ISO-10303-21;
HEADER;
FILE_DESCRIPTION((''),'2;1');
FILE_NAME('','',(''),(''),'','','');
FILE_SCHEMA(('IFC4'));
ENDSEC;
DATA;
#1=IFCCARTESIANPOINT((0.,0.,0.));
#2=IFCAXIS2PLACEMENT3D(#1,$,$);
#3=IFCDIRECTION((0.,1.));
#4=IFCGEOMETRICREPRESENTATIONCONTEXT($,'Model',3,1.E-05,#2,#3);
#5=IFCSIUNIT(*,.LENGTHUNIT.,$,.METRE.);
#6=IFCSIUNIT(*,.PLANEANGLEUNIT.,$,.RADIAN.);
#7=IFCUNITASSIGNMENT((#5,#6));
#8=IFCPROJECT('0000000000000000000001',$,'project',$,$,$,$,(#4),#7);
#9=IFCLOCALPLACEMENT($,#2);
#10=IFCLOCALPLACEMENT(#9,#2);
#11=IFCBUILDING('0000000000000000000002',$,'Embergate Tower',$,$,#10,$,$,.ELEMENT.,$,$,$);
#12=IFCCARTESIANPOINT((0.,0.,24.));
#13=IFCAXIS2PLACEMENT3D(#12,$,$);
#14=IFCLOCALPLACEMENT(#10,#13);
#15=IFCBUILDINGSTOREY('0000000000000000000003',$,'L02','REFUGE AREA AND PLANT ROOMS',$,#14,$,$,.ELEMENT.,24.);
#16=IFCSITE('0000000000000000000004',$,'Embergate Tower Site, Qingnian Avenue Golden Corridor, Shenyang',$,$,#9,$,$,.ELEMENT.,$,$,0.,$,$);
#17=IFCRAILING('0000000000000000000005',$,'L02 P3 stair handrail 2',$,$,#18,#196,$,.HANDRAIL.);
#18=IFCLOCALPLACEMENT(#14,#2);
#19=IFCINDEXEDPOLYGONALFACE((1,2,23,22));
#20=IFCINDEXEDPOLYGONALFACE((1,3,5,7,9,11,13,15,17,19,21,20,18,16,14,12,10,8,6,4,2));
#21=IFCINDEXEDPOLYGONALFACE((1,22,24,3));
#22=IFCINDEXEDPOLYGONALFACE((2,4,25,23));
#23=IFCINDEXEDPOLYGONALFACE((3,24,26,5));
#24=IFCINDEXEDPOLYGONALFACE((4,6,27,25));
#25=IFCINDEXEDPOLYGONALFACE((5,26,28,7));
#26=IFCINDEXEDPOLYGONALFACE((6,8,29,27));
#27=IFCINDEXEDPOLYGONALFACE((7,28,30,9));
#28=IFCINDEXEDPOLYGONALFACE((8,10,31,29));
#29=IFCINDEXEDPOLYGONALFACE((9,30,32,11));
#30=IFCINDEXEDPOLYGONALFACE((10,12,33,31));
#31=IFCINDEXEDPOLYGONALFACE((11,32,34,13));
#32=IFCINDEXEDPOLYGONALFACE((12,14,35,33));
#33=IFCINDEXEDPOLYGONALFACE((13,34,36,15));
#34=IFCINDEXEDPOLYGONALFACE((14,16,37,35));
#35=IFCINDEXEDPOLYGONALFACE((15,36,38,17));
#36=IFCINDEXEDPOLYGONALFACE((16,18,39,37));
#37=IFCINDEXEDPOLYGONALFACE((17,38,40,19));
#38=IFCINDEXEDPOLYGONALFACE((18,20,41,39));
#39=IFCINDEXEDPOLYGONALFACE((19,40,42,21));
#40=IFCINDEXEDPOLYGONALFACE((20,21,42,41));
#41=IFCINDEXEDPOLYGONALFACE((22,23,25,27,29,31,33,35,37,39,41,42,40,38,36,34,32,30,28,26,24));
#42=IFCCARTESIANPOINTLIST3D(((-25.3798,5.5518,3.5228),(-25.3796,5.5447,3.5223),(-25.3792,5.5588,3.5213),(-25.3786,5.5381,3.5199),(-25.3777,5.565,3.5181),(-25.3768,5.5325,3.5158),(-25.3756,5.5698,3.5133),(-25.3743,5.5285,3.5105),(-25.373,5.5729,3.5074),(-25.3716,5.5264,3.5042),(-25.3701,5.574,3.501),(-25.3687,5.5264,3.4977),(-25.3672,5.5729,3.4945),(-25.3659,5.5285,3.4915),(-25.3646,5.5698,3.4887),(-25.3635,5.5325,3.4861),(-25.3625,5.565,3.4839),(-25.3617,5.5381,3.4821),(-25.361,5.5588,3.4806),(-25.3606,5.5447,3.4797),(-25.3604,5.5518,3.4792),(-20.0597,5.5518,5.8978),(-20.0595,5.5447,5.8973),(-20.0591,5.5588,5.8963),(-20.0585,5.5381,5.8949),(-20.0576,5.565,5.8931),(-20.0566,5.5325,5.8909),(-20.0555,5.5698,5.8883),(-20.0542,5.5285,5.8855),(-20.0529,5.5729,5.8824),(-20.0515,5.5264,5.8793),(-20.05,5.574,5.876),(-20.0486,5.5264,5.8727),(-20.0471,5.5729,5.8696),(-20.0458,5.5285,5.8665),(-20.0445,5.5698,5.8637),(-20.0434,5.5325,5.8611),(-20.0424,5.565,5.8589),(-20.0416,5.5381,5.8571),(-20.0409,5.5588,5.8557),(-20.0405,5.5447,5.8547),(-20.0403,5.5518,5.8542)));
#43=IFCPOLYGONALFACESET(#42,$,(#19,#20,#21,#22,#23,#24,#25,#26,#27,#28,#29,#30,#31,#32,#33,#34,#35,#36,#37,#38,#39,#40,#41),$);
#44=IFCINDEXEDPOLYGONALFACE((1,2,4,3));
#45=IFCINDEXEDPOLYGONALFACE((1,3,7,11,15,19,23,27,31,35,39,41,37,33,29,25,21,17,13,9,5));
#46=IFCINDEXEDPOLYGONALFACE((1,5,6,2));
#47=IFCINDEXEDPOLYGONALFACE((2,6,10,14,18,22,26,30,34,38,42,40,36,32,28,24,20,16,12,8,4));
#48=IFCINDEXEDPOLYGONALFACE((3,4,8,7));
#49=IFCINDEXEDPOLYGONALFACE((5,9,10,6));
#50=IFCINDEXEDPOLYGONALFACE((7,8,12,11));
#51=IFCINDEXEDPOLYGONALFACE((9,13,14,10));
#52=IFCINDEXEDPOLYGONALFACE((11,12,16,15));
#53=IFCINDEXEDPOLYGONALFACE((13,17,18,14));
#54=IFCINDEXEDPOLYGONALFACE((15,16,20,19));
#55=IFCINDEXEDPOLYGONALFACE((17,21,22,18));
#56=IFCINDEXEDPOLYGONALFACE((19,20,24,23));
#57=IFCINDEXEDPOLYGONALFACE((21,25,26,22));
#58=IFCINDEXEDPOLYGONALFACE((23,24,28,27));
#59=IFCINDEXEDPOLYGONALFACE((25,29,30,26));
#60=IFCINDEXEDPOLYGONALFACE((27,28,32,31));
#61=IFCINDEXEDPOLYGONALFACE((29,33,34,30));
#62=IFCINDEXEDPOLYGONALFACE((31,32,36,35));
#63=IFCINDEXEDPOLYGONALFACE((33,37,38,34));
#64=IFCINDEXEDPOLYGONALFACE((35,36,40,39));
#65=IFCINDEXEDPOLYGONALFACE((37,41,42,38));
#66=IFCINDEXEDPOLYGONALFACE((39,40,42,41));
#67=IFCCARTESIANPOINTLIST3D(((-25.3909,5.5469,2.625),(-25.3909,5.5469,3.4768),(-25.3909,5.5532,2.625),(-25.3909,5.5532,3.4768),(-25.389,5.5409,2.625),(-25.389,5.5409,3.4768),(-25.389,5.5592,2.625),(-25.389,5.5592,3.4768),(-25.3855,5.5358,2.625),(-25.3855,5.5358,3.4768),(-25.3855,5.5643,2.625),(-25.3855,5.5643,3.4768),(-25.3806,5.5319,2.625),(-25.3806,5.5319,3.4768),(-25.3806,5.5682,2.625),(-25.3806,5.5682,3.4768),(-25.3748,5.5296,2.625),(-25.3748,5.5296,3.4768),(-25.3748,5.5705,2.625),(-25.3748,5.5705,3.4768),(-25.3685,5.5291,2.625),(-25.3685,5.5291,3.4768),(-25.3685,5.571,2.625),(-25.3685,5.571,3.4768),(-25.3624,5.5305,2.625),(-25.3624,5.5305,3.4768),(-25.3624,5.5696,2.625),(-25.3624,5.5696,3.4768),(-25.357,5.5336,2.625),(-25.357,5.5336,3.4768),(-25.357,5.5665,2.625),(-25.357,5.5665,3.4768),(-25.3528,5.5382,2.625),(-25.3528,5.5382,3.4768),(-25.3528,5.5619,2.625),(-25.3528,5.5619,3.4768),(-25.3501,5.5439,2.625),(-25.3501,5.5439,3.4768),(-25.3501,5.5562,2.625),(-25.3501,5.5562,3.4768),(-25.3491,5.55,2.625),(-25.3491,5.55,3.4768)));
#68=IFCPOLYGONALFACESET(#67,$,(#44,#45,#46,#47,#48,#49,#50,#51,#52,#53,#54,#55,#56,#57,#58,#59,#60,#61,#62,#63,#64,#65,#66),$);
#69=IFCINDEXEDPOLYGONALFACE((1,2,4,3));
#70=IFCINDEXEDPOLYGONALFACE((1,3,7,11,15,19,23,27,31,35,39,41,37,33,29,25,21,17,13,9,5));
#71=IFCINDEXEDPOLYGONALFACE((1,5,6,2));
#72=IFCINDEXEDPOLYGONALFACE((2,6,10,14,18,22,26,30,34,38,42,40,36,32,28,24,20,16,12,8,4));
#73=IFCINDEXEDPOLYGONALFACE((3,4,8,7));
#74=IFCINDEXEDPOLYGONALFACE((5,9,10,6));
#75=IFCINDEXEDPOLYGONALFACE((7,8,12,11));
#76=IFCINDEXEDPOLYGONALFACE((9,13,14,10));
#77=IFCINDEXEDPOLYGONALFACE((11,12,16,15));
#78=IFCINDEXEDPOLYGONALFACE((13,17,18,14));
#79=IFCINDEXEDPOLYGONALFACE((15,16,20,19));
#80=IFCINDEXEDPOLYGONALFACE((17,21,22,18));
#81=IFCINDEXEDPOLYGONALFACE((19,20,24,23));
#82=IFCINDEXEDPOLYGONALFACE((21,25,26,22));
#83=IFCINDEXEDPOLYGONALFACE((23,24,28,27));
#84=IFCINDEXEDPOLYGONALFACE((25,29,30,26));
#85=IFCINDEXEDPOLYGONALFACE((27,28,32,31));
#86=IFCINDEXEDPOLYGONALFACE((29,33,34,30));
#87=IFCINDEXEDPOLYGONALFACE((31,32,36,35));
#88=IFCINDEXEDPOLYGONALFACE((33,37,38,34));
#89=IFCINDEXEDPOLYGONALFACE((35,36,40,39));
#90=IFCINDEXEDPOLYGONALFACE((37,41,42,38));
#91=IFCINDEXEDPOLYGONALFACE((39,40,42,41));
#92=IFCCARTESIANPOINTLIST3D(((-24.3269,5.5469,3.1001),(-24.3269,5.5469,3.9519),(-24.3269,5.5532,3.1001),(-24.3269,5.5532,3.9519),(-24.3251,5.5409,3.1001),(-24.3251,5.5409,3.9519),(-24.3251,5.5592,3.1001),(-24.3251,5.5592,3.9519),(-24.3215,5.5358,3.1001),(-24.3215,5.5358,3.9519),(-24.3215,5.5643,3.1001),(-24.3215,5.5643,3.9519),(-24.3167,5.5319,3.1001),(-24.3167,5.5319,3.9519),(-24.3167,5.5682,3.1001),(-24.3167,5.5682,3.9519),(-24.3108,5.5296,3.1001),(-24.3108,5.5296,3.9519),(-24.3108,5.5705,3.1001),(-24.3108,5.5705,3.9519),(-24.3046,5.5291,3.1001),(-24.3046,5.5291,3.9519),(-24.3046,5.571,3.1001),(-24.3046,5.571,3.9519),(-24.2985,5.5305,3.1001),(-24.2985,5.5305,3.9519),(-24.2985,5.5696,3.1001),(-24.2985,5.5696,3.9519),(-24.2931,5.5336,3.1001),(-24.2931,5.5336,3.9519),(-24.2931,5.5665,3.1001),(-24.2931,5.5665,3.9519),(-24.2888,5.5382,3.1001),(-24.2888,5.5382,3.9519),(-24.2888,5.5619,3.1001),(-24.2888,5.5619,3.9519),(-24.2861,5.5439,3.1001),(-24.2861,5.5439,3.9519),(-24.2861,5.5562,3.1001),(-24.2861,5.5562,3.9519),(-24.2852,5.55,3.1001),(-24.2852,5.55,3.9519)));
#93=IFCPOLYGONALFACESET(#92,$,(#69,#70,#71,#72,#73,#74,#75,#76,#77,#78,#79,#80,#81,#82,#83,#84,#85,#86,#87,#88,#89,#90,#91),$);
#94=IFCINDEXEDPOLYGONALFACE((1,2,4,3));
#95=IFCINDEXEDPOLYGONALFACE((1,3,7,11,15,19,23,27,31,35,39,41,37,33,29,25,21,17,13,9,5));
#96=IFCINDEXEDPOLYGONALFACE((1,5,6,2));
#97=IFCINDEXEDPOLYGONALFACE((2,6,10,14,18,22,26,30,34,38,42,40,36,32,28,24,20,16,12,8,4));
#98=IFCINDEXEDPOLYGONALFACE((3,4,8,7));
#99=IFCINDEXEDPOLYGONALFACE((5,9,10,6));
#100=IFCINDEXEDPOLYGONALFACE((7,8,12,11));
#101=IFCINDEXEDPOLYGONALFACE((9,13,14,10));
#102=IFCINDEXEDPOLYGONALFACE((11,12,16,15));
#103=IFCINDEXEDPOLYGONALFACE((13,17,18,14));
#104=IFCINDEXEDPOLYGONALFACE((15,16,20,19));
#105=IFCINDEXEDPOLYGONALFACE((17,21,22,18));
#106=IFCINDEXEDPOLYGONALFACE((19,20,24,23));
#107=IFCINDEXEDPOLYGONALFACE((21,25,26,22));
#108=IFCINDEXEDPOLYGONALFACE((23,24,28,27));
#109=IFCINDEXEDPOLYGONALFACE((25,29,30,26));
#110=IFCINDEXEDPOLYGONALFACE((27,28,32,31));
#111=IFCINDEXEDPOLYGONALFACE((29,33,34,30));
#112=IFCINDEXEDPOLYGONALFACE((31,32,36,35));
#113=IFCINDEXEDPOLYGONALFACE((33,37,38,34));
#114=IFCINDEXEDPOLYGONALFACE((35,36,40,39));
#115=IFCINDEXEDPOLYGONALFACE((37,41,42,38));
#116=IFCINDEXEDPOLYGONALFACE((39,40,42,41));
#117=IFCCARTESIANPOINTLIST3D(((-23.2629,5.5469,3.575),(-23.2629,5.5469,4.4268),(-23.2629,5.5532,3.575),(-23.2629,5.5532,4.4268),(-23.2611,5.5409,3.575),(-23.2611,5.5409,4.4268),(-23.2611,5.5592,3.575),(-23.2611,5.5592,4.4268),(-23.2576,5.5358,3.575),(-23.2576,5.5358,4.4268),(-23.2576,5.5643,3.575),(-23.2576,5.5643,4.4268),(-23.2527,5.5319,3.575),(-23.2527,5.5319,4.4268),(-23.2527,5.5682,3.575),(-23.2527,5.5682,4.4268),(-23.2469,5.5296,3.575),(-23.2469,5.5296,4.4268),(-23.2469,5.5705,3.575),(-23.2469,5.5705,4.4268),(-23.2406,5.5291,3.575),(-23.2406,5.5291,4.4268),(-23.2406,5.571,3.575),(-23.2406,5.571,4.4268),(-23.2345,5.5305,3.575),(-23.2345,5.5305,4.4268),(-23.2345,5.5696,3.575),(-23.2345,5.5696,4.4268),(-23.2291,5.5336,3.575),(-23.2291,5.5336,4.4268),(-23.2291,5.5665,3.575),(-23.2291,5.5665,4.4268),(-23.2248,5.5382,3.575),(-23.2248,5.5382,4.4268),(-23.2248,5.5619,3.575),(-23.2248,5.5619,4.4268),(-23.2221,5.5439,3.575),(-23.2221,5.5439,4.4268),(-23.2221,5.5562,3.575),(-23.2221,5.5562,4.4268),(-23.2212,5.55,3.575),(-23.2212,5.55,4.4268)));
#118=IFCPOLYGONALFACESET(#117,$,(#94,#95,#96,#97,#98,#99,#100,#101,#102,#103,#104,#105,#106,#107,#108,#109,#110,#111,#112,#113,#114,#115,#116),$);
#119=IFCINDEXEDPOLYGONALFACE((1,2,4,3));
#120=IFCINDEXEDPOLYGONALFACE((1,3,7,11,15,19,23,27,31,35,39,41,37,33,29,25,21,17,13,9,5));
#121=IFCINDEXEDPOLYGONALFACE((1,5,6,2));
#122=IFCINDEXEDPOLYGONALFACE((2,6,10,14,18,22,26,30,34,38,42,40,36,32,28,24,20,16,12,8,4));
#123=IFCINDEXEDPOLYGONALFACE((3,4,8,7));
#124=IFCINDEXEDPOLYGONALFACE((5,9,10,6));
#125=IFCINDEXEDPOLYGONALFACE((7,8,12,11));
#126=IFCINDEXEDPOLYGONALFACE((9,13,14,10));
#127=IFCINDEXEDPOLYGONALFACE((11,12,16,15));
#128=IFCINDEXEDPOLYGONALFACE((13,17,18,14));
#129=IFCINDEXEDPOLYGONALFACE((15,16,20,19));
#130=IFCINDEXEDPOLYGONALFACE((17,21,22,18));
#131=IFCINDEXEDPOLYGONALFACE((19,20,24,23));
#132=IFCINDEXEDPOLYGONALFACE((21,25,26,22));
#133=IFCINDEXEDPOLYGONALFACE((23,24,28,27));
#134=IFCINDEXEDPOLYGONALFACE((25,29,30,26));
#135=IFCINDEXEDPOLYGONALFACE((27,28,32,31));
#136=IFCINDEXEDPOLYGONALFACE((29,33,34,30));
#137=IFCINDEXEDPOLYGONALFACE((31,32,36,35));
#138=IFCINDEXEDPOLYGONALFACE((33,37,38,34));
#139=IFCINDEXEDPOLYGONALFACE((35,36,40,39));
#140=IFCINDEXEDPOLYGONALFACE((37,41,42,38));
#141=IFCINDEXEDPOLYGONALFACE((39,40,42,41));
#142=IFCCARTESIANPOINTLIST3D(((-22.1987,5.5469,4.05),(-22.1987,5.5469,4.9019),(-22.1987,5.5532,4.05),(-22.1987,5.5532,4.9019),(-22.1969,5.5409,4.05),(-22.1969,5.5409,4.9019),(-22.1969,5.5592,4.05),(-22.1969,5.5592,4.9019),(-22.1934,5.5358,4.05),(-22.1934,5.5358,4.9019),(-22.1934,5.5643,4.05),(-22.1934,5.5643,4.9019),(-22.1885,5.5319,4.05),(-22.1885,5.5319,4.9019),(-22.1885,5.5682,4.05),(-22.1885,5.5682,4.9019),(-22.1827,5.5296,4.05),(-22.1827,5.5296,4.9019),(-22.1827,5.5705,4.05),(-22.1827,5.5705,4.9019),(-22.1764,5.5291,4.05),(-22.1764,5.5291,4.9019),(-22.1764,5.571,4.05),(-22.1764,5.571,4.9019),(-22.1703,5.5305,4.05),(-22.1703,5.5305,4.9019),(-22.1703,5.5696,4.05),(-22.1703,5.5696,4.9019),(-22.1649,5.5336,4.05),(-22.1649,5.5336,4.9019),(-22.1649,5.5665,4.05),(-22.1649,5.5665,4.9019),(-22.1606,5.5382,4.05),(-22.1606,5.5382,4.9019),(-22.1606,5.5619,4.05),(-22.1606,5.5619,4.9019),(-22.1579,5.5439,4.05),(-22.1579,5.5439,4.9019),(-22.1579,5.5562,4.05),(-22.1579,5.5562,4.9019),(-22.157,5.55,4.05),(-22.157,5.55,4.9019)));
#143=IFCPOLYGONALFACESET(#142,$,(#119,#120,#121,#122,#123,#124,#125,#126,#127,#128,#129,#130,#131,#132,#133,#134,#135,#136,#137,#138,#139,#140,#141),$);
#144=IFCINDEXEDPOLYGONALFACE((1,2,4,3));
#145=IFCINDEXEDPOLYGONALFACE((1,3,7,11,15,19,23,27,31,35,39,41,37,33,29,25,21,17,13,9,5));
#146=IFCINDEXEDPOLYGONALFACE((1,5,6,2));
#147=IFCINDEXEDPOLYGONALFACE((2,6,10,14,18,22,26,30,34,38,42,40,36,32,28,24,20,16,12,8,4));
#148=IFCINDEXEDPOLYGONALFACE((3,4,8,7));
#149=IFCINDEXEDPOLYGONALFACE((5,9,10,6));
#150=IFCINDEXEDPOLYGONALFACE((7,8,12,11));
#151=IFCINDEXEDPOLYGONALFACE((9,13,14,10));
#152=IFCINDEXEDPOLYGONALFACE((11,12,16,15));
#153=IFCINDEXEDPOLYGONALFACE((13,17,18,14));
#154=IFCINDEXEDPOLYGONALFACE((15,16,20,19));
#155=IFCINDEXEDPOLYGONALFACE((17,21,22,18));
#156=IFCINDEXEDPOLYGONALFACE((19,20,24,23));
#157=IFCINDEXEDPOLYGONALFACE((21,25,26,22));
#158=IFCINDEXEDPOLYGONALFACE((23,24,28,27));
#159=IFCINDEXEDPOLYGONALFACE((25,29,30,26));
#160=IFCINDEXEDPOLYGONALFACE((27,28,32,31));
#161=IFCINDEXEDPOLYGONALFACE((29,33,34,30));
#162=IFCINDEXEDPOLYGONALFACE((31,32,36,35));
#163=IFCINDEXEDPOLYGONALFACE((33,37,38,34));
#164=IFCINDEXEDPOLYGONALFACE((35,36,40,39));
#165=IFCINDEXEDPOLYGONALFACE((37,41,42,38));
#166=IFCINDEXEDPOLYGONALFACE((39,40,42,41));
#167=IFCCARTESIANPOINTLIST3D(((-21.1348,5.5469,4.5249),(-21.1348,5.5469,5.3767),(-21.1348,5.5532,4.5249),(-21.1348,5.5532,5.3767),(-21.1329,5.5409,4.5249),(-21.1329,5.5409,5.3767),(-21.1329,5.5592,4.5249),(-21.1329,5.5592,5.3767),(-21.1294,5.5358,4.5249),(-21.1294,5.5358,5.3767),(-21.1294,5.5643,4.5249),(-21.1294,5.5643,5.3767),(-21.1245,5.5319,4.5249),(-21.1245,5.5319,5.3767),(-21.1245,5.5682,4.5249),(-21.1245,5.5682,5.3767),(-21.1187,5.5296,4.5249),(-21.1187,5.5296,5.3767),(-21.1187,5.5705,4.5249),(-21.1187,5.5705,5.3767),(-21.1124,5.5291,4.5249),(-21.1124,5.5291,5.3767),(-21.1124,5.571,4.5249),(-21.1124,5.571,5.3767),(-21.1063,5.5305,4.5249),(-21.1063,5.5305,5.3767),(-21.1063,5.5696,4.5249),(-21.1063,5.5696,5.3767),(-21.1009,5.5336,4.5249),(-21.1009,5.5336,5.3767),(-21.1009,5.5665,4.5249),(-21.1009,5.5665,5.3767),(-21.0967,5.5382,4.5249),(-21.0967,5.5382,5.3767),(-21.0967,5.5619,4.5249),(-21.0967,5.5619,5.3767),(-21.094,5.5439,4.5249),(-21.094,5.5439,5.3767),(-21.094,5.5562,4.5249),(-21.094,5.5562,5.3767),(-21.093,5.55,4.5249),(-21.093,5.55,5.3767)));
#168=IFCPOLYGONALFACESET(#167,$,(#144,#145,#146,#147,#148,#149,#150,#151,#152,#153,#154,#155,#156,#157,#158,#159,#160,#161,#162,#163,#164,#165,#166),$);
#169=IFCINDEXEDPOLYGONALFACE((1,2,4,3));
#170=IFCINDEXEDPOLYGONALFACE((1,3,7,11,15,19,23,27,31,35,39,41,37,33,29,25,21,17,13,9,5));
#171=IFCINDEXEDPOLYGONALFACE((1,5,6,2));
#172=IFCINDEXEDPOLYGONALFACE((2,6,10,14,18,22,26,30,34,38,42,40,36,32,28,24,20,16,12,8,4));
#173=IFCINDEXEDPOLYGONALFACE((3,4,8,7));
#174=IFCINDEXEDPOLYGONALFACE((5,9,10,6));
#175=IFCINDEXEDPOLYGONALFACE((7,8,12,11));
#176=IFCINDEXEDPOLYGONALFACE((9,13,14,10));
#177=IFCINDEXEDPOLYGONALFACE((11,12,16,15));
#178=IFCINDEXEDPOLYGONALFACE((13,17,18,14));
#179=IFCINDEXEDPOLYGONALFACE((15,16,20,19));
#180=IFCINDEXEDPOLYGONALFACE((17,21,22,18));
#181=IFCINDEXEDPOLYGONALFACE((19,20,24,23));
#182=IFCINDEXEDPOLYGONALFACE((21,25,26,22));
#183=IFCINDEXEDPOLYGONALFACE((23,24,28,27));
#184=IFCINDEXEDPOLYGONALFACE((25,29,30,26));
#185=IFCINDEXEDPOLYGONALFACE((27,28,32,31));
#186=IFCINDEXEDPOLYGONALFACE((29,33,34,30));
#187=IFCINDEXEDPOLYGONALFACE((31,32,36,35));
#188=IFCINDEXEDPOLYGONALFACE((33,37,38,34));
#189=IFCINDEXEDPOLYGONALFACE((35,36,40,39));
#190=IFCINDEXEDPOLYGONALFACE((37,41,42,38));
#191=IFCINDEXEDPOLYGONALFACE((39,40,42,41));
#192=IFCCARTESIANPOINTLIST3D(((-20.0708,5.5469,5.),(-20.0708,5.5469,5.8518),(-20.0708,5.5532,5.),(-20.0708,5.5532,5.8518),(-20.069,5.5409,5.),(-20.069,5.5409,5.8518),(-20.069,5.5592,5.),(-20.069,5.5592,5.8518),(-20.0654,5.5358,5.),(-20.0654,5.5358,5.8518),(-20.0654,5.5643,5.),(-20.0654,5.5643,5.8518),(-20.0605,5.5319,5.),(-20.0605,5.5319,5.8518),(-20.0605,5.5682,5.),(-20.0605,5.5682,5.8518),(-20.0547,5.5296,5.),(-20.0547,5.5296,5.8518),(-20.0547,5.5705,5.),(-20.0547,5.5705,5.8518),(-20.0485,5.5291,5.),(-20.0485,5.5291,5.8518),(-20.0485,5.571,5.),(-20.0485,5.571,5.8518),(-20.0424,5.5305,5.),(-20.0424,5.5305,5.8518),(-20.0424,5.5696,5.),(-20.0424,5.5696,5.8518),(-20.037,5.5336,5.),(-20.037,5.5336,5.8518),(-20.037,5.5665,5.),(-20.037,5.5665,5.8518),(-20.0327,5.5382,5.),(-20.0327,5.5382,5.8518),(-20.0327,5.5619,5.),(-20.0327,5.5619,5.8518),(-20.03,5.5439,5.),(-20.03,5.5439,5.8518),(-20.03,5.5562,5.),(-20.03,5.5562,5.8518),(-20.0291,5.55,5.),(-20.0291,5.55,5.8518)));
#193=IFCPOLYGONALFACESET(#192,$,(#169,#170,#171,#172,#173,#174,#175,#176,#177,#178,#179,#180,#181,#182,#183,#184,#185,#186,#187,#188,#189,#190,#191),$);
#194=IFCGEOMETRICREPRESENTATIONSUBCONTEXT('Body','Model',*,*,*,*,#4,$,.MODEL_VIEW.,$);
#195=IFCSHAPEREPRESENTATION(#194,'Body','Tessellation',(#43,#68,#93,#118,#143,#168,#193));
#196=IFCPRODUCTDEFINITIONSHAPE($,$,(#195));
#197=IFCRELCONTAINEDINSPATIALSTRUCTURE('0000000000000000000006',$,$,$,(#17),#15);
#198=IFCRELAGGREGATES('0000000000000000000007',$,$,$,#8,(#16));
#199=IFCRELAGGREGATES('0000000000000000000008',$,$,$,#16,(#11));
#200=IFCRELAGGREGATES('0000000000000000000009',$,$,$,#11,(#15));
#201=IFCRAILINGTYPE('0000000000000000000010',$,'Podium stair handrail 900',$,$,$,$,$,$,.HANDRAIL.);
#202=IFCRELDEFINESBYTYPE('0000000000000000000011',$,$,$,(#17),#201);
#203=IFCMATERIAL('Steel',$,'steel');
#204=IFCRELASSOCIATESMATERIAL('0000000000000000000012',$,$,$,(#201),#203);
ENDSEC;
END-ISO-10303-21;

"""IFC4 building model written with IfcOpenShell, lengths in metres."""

from ifc_helpers import new_model, si_unit, direction, frame, origin, origin_2d, place, context, subcontext, project, spatial, circle, extrude, source, transform, mapped, material, type_object, element, save


model = new_model("IFC4")

# Units and contexts
model_context = context("Model", 3, precision=1e-05, world=origin(), true_north=direction((0.0, 1.0)))
body_context = subcontext(model_context, "Body", "Model", "MODEL_VIEW")
ifc_project = project(units=[si_unit("LENGTHUNIT", "METRE"), si_unit("PLANEANGLEUNIT", "RADIAN")], contexts=[model_context])

# Site, building, storey
site_placement = place(None, origin())
site = spatial("IfcSite", under=ifc_project, at=site_placement, Name="Embergate Tower Site, Qingnian Avenue Golden Corridor, Shenyang", CompositionType="ELEMENT", RefElevation=0.0)
building_placement = place(site_placement, origin())
building = spatial("IfcBuilding", under=site, at=building_placement, Name="Embergate Tower", CompositionType="ELEMENT")
storey_placement = place(building_placement, frame((0.0, 0.0, 24.0)))
storey = spatial("IfcBuildingStorey", under=building, at=storey_placement, Name="L02", Description="REFUGE AREA AND PLANT ROOMS", CompositionType="ELEMENT", Elevation=24.0)

# Railing
ifc_material_1 = material(Name="Steel", Category="steel")
railing_type_1 = type_object("IfcRailingType", Name="Podium stair handrail 900", PredefinedType="HANDRAIL", material=ifc_material_1)
shared_shape_1 = source(origin(), body_context, "Body", "SweptSolid", [
    extrude(circle(Radius=0.0239, at=origin_2d()), frame((0.0, 0.0, 0.876), z_axis=(0.91314, 0.0, 0.407646), x_axis=(0.0, 1.0, 0.0)), (0.0, 0.0, 1.0), 5.8262),
    extrude(circle(Radius=0.021, at=origin_2d()), origin(), (0.0, 0.0, 1.0), 0.8518),
    extrude(circle(Radius=0.021, at=origin_2d()), frame((1.064, 0.0, 0.4751)), (0.0, 0.0, 1.0), 0.8518),
    extrude(circle(Radius=0.021, at=origin_2d()), frame((2.1279, 0.0, 0.95)), (0.0, 0.0, 1.0), 0.8518),
    extrude(circle(Radius=0.021, at=origin_2d()), frame((3.1921, 0.0, 1.425)), (0.0, 0.0, 1.0), 0.8518),
    extrude(circle(Radius=0.021, at=origin_2d()), frame((4.2561, 0.0, 1.8999)), (0.0, 0.0, 1.0), 0.8518),
    extrude(circle(Radius=0.021, at=origin_2d()), frame((5.3201, 0.0, 2.375)), (0.0, 0.0, 1.0), 0.8518),
])
railing_1_placement = place(storey_placement, frame((-25.3701, 5.55, 2.625)))
element("IfcRailing", 1, at=railing_1_placement, inside=storey, type_object=railing_type_1, Name="L02 P3 stair handrail 2", PredefinedType="HANDRAIL", context=body_context, shape_type="MappedRepresentation", body=[
    mapped(shared_shape_1, transform((0.0, 0.0, 0.0))),
])

save(model, "model.ifc")
